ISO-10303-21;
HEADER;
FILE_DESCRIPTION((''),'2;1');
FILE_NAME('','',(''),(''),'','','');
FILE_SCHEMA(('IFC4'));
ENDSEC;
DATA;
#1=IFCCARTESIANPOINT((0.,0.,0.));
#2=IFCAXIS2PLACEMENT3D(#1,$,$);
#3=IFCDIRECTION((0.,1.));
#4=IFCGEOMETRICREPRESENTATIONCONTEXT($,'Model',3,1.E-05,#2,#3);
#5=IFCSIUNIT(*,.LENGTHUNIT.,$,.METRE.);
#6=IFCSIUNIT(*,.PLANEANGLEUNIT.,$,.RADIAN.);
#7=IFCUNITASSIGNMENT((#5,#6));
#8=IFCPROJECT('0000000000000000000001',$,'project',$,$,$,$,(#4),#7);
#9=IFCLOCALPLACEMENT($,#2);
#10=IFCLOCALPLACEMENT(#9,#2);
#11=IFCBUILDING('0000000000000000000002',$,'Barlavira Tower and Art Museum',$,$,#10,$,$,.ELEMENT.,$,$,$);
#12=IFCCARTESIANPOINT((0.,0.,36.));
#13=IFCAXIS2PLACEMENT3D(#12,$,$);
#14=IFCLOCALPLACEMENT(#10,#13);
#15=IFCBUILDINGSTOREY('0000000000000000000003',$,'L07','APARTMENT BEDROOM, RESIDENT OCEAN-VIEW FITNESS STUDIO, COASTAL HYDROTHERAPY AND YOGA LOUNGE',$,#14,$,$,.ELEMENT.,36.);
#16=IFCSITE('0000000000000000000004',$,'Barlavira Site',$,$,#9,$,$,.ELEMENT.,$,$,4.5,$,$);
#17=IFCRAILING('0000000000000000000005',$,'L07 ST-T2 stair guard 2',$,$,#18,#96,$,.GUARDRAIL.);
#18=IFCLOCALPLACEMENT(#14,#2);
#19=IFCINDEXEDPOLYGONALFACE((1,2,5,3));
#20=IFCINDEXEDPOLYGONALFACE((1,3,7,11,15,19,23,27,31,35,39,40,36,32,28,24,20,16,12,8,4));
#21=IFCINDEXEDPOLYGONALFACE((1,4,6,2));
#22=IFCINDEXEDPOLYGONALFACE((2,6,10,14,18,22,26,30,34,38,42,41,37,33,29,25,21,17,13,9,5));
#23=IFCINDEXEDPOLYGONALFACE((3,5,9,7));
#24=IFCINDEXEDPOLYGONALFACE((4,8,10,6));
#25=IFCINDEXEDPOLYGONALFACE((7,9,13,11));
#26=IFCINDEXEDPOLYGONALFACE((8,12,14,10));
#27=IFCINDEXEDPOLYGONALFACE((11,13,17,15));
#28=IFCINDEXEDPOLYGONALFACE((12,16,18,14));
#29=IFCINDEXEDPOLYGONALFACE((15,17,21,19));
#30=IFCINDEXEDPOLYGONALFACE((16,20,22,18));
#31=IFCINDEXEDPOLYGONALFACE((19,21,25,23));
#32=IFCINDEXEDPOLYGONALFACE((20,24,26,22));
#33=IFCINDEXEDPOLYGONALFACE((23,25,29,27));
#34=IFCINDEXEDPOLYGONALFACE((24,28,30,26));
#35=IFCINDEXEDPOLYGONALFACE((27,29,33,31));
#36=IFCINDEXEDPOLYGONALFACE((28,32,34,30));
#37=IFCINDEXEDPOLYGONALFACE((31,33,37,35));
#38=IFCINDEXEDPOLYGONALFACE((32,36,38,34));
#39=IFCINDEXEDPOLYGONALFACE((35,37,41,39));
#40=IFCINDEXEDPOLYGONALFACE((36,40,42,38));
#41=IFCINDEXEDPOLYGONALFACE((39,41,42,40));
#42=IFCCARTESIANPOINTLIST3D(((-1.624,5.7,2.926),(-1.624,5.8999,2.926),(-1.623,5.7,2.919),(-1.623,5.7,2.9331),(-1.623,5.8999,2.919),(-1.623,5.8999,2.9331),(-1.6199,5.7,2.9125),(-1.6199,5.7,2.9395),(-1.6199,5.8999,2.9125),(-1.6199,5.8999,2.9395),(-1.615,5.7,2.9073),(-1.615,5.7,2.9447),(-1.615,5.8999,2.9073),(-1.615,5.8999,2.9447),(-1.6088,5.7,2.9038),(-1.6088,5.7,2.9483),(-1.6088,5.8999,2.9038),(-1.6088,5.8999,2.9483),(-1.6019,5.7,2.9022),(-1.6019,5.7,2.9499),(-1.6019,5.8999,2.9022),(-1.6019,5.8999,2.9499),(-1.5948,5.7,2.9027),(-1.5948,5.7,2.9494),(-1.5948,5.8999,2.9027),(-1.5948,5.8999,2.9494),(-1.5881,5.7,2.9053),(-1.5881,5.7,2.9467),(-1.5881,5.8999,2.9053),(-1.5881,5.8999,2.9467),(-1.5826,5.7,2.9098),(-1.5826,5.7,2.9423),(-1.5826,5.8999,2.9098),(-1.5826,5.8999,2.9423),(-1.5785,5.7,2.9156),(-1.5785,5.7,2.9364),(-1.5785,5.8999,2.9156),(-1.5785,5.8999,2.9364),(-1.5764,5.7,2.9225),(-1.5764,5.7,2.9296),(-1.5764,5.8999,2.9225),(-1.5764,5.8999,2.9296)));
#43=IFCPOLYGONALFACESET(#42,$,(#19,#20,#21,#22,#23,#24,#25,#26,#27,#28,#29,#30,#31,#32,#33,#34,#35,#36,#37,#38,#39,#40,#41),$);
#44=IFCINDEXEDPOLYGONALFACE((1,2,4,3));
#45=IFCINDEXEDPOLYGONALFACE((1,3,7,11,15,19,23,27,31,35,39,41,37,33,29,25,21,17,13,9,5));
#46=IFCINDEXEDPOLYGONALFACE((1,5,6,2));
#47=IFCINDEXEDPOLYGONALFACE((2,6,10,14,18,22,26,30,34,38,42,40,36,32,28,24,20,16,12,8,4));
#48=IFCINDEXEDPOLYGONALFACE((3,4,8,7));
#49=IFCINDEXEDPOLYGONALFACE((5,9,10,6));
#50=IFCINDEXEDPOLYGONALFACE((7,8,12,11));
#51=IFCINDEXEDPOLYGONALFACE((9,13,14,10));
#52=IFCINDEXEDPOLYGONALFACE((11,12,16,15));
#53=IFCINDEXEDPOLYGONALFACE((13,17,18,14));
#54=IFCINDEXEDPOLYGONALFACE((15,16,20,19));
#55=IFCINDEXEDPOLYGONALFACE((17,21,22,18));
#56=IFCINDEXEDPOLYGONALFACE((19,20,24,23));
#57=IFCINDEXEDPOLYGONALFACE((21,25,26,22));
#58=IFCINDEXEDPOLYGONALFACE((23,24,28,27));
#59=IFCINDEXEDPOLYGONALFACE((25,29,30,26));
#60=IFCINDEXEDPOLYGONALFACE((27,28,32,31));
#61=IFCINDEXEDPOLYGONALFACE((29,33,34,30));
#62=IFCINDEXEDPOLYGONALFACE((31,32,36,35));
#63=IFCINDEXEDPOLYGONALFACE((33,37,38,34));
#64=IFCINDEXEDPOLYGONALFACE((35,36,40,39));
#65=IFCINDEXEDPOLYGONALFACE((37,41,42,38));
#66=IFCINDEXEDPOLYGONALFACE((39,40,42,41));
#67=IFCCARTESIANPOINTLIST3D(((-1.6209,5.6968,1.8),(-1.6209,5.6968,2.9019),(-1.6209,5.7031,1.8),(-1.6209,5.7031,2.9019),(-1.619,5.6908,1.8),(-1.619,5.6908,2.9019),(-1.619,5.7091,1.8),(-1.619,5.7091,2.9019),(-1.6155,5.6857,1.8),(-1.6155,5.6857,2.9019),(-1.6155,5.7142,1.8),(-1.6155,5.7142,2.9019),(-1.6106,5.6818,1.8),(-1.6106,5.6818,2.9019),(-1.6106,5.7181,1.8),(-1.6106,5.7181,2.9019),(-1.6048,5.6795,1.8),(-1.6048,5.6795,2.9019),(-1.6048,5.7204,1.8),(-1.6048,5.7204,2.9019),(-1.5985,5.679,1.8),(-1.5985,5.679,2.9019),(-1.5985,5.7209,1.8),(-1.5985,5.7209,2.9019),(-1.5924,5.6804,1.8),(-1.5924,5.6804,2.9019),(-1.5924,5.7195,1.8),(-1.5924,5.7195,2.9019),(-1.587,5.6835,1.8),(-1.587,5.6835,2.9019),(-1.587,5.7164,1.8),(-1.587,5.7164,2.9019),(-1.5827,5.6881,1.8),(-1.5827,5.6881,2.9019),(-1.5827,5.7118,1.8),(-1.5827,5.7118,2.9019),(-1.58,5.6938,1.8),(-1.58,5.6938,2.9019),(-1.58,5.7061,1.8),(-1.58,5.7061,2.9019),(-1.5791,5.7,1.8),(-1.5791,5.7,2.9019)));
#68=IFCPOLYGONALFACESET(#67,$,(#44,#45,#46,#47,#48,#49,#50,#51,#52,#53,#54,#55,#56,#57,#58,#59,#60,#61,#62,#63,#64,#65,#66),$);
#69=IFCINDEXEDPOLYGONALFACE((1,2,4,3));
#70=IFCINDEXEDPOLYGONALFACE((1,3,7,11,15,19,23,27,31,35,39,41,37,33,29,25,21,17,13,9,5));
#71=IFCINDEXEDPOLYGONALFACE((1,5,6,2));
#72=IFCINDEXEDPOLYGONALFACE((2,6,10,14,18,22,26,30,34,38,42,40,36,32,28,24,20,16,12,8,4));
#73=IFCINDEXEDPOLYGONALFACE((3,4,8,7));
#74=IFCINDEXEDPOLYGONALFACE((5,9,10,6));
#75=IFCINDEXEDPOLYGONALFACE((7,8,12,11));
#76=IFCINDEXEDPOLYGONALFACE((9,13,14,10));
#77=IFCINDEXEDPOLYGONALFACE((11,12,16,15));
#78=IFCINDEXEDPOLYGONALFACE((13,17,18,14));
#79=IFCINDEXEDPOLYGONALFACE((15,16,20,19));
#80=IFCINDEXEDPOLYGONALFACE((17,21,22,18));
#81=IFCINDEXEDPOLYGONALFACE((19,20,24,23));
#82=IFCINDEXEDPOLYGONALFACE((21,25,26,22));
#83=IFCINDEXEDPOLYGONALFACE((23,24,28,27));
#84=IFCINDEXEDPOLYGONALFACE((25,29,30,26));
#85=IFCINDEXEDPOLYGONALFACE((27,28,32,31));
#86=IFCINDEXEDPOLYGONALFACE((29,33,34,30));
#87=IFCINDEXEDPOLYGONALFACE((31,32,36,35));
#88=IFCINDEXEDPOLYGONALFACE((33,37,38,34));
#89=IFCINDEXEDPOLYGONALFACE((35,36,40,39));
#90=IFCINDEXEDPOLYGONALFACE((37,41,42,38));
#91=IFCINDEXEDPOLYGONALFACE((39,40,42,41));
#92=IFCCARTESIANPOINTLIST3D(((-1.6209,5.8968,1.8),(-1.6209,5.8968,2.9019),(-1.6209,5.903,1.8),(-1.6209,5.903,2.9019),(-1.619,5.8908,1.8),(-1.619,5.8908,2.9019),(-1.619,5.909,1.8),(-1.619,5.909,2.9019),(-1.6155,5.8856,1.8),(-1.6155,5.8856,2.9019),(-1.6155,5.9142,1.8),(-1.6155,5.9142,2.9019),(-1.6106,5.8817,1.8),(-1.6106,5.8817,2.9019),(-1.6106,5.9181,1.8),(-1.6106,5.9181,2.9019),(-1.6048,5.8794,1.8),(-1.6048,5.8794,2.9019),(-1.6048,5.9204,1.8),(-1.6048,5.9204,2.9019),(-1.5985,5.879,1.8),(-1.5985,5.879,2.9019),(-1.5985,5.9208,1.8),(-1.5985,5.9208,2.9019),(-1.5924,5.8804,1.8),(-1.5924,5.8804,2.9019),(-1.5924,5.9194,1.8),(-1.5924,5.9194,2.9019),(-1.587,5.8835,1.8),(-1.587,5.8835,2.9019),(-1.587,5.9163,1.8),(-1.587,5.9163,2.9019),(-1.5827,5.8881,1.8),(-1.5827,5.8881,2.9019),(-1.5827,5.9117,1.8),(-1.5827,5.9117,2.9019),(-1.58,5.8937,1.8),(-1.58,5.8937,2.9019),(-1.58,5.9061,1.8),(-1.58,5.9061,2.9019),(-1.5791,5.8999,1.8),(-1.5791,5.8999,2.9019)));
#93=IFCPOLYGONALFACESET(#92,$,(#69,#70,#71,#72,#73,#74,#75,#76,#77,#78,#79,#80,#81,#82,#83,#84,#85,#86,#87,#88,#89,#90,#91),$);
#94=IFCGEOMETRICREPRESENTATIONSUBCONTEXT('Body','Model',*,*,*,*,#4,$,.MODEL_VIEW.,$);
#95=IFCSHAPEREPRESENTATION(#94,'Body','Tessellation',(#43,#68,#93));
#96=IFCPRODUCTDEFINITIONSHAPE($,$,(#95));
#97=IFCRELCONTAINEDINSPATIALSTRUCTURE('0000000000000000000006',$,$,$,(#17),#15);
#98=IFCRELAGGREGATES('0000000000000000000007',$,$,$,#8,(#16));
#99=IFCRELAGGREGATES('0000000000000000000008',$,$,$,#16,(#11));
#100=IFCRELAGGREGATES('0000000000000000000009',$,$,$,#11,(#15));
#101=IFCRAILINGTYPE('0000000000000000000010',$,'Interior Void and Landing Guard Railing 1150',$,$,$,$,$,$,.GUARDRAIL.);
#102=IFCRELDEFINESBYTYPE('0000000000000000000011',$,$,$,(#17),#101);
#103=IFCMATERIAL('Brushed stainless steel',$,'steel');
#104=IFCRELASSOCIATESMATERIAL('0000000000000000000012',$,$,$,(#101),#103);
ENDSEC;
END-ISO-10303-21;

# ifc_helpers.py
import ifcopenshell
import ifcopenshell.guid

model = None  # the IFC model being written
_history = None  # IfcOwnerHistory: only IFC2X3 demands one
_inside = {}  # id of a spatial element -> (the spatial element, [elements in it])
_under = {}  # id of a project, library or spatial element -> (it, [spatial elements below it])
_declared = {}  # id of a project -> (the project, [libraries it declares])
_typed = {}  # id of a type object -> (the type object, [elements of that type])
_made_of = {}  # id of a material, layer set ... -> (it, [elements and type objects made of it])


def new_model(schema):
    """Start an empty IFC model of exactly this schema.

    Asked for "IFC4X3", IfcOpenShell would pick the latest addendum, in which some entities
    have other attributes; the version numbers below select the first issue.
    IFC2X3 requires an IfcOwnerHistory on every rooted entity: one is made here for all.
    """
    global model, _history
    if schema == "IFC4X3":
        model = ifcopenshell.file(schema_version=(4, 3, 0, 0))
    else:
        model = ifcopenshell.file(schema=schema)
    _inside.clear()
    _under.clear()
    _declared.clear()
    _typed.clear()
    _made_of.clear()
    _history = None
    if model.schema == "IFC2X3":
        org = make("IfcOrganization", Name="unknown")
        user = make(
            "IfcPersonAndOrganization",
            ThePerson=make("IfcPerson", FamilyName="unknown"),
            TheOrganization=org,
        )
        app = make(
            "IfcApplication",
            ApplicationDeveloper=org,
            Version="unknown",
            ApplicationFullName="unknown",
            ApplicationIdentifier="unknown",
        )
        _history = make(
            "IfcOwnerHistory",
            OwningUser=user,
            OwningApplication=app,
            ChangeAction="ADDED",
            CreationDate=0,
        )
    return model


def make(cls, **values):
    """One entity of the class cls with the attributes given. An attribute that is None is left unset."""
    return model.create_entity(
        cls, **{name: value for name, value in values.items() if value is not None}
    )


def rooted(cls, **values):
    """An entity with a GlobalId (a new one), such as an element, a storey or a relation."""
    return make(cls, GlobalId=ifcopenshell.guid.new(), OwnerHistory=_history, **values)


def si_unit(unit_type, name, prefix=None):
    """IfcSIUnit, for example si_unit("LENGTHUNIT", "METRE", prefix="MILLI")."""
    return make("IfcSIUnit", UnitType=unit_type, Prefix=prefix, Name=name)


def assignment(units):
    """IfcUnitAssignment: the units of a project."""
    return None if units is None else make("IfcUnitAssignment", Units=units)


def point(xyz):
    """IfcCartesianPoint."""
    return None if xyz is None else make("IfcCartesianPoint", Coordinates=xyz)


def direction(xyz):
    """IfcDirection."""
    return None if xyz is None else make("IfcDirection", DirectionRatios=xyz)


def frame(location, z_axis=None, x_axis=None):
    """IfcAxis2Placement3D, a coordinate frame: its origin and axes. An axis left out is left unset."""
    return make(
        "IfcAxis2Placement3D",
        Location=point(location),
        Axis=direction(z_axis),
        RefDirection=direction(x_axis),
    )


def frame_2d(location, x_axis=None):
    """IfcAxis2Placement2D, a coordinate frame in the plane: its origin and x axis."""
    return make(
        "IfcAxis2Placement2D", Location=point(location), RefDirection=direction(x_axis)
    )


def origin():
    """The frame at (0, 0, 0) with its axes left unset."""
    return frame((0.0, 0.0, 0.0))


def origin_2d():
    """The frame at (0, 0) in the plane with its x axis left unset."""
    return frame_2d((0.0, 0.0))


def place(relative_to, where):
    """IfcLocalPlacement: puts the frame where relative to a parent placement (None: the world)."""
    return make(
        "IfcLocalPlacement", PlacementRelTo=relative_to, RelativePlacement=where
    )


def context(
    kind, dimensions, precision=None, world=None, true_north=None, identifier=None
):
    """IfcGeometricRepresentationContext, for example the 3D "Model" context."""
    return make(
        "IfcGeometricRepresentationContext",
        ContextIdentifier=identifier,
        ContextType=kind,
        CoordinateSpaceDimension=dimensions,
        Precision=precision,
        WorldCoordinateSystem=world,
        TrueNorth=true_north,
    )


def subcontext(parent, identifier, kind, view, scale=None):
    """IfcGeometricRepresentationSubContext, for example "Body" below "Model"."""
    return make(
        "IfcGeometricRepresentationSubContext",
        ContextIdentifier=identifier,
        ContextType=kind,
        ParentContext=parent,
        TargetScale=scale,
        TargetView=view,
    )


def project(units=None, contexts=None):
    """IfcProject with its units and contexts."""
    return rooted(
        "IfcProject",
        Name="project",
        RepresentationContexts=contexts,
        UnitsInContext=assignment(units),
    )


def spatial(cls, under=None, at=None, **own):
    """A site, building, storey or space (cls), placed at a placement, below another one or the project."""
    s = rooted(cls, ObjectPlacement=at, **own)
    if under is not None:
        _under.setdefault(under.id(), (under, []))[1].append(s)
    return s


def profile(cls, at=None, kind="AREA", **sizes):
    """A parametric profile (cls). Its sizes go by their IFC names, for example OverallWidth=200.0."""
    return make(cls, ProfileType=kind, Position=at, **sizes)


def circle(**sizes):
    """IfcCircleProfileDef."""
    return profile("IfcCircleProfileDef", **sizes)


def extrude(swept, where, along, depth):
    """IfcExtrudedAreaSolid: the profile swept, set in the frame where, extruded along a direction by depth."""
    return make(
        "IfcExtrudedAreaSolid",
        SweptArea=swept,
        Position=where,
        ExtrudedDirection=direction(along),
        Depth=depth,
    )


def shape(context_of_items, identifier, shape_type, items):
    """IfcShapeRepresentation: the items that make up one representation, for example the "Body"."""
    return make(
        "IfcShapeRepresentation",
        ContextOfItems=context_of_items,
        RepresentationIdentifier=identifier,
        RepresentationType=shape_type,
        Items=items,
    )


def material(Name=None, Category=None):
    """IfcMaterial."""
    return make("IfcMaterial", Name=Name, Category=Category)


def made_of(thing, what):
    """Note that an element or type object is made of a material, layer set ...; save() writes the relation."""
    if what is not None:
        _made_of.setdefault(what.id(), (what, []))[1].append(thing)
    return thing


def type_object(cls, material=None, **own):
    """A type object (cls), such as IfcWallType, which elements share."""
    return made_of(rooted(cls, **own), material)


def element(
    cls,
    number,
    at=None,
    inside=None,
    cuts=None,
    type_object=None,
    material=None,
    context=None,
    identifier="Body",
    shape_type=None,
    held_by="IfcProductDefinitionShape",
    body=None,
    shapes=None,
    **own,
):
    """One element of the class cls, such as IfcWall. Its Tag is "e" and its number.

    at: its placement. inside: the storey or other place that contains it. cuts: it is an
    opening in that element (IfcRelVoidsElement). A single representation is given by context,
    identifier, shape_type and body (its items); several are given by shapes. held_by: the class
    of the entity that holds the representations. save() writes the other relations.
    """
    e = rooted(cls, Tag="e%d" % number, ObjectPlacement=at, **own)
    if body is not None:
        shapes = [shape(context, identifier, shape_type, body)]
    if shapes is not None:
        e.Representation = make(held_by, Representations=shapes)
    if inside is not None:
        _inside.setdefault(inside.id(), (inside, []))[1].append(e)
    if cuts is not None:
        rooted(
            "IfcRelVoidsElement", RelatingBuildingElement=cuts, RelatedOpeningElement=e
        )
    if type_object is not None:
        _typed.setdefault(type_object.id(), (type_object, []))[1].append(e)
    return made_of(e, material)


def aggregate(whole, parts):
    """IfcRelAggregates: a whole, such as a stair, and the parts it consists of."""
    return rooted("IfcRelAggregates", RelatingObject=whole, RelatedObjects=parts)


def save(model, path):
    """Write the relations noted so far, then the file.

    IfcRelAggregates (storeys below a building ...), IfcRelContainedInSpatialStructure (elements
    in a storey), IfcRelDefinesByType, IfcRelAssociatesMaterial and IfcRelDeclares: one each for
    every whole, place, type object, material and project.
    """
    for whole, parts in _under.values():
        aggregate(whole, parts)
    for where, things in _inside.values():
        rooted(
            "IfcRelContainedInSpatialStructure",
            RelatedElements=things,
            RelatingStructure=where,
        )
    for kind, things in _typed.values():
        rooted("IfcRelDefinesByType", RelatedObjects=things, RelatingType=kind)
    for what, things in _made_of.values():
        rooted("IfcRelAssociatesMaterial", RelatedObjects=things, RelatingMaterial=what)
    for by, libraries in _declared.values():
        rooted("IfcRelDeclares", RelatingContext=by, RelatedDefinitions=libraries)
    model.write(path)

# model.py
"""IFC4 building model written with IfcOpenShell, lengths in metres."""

from ifc_helpers import new_model, si_unit, direction, frame, origin, origin_2d, place, context, subcontext, project, spatial, circle, extrude, material, type_object, element, save


model = new_model("IFC4")

# Units and contexts
model_context = context("Model", 3, precision=1e-05, world=origin(), true_north=direction((0.0, 1.0)))
body_context = subcontext(model_context, "Body", "Model", "MODEL_VIEW")
ifc_project = project(units=[si_unit("LENGTHUNIT", "METRE"), si_unit("PLANEANGLEUNIT", "RADIAN")], contexts=[model_context])

# Site, building, storey
site_placement = place(None, origin())
site = spatial("IfcSite", under=ifc_project, at=site_placement, Name="Barlavira Site", CompositionType="ELEMENT", RefElevation=4.5)
building_placement = place(site_placement, origin())
building = spatial("IfcBuilding", under=site, at=building_placement, Name="Barlavira Tower and Art Museum", CompositionType="ELEMENT")
storey_placement = place(building_placement, frame((0.0, 0.0, 36.0)))
storey = spatial("IfcBuildingStorey", under=building, at=storey_placement, Name="L07", Description="APARTMENT BEDROOM, RESIDENT OCEAN-VIEW FITNESS STUDIO, COASTAL HYDROTHERAPY AND YOGA LOUNGE", CompositionType="ELEMENT", Elevation=36.0)

# Shared definitions
ifc_material_1 = material(Name="Brushed stainless steel", Category="steel")

# Railing
railing_type_1 = type_object("IfcRailingType", Name="Interior Void and Landing Guard Railing 1150", PredefinedType="GUARDRAIL", material=ifc_material_1)
railing_1_placement = place(storey_placement, frame((-1.6001, 5.7, 1.8)))
element("IfcRailing", 1, at=railing_1_placement, inside=storey, type_object=railing_type_1, Name="L07 ST-T2 stair guard 2", PredefinedType="GUARDRAIL", context=body_context, shape_type="SweptSolid", body=[
    extrude(circle(Radius=0.0239, at=origin_2d()), frame((0.0, 0.0, 1.126), z_axis=(0.0, 1.0, 0.0), x_axis=(-1.0, 0.0, 0.0)), (0.0, 0.0, 1.0), 0.2),
    extrude(circle(Radius=0.021, at=origin_2d()), origin(), (0.0, 0.0, 1.0), 1.1018),
    extrude(circle(Radius=0.021, at=origin_2d()), frame((0.0, 0.2, 0.0)), (0.0, 0.0, 1.0), 1.1018),
])

save(model, "model.ifc")
